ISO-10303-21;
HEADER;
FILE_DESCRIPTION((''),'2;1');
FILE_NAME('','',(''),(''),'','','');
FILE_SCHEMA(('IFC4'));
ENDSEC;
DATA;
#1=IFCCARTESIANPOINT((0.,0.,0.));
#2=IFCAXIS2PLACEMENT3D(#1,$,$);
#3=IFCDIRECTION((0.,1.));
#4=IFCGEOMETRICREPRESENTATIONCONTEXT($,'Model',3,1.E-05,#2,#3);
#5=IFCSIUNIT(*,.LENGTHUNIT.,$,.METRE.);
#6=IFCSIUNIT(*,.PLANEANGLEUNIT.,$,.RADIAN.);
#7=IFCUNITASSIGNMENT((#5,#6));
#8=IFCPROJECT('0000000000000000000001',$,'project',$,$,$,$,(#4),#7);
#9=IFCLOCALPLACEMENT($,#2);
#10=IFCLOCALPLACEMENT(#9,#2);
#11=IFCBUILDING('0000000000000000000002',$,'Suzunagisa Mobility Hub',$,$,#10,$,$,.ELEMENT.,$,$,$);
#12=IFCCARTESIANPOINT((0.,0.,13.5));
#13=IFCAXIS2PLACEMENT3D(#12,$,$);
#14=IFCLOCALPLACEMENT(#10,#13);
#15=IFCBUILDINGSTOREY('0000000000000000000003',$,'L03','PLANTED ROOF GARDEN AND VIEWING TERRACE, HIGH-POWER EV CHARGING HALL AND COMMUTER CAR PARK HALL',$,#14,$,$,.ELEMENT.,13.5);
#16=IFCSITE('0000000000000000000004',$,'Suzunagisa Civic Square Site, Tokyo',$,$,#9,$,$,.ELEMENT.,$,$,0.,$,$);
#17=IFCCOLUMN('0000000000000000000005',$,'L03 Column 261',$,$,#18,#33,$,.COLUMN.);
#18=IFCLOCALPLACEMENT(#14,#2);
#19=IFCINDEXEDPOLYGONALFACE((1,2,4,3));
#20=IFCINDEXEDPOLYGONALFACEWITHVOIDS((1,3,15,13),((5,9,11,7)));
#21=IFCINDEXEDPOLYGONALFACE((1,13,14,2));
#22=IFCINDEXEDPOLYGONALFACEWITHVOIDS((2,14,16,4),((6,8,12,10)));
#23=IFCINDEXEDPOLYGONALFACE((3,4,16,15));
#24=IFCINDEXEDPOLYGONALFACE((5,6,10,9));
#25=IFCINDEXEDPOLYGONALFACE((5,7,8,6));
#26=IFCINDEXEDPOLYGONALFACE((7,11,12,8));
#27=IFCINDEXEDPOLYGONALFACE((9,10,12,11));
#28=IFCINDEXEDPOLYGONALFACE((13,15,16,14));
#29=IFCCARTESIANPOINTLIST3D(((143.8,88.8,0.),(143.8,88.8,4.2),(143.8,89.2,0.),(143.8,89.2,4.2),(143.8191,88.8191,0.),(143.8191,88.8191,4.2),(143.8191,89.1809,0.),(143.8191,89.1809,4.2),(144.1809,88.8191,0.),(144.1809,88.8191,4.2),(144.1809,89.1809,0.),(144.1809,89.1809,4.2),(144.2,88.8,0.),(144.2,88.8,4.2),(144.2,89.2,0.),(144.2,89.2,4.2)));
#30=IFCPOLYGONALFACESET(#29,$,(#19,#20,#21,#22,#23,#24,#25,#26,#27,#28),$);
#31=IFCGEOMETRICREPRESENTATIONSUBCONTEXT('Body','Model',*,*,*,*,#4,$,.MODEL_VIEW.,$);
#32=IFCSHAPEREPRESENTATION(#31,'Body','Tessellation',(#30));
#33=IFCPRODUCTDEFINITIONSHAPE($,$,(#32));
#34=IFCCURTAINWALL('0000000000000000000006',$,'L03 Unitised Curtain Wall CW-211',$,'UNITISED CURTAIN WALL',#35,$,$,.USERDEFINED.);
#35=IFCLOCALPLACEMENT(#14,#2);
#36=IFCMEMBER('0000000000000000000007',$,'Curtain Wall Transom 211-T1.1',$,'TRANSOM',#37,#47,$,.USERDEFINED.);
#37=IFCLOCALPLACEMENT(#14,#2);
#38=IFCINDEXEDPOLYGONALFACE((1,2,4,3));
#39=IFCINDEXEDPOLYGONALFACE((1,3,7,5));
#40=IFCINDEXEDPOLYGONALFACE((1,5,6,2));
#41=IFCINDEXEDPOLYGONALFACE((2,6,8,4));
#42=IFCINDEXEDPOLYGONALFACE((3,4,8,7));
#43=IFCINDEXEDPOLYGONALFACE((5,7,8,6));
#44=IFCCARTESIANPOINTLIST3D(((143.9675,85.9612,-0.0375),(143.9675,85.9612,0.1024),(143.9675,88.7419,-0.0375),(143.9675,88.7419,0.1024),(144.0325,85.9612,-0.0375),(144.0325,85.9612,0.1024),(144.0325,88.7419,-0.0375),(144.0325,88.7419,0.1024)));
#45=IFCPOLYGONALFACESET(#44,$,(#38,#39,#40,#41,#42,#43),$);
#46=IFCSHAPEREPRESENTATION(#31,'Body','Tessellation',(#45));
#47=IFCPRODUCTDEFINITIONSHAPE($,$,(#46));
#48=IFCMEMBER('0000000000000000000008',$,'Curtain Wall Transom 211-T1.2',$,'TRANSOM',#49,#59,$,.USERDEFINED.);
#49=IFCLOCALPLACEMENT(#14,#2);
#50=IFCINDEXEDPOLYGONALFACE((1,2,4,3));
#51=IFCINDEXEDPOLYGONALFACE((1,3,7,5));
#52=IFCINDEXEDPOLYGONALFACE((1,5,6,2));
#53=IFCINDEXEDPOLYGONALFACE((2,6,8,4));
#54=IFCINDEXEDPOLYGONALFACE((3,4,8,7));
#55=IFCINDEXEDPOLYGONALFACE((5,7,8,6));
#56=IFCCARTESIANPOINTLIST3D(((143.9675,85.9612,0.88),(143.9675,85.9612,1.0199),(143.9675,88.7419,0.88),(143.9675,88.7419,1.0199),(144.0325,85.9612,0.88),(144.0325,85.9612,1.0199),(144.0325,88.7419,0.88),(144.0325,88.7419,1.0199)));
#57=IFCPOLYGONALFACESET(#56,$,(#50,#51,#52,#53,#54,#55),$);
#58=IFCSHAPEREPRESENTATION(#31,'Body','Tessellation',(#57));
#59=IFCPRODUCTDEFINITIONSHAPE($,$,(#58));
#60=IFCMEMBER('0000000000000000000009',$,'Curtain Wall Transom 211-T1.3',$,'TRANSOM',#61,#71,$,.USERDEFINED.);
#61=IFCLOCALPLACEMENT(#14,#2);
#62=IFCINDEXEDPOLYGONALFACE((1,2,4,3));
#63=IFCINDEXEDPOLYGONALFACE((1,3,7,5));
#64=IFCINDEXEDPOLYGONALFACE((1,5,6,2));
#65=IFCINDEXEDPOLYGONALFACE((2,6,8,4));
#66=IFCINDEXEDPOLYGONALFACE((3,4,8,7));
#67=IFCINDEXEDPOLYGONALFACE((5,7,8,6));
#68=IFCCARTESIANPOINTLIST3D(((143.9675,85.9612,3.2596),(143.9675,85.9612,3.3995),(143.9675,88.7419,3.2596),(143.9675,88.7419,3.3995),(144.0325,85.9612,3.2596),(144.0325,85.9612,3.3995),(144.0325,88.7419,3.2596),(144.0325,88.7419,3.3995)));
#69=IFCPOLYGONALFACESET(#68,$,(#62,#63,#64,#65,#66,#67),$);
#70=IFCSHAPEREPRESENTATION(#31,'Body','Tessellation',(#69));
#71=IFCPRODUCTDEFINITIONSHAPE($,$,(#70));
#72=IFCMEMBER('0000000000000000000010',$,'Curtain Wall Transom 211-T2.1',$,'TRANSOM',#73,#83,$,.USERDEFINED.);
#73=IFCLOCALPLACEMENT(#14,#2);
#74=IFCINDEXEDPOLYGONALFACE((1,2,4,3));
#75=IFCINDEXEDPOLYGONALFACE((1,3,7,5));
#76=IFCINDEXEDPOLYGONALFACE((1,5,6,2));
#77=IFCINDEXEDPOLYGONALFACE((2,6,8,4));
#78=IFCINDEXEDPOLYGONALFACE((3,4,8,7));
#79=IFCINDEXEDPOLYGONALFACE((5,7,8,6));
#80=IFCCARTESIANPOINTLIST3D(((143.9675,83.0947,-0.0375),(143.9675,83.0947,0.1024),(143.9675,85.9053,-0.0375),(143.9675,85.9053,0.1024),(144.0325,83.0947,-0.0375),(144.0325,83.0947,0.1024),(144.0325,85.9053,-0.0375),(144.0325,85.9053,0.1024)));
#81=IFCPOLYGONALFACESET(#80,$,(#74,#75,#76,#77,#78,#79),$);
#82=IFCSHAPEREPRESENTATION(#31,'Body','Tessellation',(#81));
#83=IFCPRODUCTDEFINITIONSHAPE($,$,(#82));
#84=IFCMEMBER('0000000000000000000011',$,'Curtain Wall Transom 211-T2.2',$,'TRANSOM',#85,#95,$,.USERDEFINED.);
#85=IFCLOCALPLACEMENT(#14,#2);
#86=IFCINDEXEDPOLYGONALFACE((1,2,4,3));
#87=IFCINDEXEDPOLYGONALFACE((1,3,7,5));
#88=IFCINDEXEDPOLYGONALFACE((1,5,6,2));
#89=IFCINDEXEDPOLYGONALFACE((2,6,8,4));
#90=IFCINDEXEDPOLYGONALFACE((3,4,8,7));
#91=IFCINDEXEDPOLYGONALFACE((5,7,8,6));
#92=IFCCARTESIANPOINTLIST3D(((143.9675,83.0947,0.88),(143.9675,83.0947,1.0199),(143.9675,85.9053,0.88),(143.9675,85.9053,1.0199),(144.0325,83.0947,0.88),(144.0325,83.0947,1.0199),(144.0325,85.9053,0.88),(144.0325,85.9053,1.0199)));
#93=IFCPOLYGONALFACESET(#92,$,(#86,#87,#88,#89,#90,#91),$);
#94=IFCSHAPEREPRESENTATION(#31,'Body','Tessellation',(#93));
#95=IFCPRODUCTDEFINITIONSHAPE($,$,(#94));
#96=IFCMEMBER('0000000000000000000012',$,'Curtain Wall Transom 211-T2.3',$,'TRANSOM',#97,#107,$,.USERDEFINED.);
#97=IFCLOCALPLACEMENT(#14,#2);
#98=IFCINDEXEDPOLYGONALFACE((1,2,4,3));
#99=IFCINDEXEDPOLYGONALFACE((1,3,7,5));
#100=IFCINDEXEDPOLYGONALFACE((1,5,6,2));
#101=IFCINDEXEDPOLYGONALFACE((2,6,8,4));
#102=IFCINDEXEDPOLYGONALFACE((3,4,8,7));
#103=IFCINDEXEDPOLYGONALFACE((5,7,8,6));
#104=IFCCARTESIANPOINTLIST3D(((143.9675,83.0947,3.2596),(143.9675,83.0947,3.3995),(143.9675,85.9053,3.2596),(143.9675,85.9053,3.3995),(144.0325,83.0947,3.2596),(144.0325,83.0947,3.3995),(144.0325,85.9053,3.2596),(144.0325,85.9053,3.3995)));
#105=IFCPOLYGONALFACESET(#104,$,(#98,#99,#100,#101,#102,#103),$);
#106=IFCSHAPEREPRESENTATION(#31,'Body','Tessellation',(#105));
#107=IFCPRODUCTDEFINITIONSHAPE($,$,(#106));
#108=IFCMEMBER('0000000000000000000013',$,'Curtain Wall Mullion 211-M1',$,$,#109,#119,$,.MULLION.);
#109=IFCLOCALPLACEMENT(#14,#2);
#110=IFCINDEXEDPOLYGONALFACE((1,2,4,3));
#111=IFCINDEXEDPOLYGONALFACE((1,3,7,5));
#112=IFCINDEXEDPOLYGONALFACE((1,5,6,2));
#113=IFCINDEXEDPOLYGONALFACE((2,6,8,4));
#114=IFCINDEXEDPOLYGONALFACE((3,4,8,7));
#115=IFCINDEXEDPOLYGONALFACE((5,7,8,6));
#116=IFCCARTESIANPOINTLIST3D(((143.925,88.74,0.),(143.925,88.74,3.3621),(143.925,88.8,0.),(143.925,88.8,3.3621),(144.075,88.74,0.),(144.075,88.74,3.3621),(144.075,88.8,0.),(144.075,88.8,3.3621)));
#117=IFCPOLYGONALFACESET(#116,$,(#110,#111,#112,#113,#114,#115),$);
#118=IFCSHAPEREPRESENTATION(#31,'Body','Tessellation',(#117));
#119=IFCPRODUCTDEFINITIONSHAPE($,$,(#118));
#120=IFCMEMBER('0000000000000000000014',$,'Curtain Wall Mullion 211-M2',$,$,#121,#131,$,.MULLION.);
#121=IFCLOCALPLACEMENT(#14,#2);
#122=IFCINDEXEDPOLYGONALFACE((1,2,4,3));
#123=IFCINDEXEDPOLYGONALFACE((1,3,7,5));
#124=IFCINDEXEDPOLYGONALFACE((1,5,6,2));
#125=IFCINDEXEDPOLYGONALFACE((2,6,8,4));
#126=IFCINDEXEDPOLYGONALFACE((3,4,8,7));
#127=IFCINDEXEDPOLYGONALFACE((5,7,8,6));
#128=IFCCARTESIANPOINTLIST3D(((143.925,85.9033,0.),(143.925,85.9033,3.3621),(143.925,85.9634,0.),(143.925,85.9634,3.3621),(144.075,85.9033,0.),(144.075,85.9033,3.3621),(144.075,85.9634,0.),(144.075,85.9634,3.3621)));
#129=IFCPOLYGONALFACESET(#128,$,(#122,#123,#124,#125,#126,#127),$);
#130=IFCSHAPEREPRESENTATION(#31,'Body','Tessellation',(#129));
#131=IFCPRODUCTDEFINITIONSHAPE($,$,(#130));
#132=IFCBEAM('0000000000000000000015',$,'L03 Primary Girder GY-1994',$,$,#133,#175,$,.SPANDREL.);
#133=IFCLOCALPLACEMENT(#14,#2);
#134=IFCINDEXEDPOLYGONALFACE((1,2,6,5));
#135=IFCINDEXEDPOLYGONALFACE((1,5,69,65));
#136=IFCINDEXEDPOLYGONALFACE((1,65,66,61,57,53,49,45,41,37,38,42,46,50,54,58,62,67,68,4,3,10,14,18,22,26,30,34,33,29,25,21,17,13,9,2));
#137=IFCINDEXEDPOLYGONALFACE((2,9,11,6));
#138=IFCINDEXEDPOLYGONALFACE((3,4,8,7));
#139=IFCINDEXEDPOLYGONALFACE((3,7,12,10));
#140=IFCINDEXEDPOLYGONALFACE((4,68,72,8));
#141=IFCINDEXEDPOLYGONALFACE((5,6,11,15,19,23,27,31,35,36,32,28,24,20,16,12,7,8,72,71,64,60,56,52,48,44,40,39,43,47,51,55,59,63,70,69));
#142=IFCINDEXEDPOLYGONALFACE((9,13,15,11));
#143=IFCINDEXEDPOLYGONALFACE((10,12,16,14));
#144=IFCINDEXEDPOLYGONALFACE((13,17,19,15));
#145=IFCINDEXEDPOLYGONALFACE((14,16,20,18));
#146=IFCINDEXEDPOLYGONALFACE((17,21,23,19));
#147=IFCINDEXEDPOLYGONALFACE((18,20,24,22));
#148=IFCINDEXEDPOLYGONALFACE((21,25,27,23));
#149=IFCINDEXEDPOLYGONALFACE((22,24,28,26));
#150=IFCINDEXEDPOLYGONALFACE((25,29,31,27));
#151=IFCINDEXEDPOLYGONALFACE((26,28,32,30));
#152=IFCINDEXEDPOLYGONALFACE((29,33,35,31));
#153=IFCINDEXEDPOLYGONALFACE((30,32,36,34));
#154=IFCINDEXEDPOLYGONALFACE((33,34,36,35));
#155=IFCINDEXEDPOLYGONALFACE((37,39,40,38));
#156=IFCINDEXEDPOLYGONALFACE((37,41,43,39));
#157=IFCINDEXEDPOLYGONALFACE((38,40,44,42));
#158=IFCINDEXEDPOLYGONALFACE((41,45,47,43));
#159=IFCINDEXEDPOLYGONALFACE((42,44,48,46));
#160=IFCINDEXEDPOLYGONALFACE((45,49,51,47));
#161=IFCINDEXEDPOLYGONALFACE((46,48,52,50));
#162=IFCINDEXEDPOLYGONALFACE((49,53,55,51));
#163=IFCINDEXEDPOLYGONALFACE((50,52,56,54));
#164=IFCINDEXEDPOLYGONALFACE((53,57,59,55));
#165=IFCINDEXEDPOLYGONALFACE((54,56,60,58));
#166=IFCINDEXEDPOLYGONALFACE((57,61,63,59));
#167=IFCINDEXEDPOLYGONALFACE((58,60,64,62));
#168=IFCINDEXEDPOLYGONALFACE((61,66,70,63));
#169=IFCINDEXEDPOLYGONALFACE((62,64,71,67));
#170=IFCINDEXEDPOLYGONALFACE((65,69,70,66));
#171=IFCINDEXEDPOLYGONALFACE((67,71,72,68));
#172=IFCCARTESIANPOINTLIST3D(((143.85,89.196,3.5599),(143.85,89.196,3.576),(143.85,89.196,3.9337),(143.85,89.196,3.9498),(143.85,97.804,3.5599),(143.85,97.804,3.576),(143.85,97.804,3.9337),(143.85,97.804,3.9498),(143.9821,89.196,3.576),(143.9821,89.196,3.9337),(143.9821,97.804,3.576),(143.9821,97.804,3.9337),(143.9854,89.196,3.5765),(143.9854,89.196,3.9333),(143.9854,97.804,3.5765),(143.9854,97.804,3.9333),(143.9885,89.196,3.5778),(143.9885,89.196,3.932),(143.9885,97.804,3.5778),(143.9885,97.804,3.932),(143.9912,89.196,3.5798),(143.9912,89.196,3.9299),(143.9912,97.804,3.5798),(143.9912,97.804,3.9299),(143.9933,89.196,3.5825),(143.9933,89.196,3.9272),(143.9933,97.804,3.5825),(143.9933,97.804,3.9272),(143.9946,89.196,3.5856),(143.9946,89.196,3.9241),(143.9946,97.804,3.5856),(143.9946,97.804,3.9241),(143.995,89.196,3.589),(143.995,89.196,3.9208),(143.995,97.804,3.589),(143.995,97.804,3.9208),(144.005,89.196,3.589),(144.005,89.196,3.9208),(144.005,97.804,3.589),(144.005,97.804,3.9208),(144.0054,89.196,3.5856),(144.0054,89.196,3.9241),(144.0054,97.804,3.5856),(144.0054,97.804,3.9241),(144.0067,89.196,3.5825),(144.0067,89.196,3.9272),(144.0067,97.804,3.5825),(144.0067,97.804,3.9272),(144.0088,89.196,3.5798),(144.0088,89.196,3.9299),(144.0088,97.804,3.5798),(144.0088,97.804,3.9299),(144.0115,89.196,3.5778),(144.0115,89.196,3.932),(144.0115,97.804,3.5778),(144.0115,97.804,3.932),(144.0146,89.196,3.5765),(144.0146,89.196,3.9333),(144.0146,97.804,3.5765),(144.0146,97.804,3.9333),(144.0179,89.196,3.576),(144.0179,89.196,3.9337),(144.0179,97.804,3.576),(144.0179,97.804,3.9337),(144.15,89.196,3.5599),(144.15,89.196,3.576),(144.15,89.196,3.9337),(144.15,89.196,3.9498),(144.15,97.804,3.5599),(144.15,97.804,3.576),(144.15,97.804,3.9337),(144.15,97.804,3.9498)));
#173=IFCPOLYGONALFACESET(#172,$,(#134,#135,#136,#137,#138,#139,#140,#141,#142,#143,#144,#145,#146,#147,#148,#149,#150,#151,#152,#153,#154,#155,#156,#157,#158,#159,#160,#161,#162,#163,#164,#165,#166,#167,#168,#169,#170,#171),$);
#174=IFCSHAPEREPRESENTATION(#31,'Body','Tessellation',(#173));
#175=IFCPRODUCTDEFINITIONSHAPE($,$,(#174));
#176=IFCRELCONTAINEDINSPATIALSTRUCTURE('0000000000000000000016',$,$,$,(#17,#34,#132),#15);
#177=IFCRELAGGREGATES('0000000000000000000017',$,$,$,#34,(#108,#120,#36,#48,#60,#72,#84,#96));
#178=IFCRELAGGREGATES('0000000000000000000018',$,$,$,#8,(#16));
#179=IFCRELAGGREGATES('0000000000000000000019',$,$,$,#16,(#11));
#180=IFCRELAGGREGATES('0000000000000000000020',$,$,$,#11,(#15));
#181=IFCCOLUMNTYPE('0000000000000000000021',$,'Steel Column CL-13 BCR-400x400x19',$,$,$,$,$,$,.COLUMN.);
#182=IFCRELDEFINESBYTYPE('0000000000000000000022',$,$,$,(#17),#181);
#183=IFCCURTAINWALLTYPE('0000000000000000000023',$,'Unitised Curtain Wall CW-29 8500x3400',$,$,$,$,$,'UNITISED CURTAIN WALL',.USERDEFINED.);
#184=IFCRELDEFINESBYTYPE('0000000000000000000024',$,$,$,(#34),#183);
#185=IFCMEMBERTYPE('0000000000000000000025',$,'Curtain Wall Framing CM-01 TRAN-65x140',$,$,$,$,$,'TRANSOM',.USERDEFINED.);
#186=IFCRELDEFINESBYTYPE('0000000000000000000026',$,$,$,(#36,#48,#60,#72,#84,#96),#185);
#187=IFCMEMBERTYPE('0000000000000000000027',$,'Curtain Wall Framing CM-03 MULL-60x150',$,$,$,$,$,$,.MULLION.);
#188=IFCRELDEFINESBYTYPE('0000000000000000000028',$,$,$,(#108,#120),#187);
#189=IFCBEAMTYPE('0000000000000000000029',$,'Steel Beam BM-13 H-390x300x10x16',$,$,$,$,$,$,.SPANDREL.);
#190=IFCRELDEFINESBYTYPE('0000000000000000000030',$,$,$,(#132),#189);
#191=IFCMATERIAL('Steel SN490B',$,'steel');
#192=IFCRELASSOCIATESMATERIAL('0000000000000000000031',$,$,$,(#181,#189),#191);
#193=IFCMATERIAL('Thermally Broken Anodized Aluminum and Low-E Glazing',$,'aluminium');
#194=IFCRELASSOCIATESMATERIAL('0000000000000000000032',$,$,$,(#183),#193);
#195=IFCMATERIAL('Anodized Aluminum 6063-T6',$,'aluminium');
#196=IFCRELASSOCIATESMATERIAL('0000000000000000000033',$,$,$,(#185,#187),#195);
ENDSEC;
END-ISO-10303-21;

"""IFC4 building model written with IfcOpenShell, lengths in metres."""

from ifc_helpers import new_model, si_unit, direction, frame, origin, origin_2d, place, context, subcontext, project, spatial, rectangle, hollow_rectangle, i_section, extrude, material, material_profile, profile_set, type_object, element, aggregate, save


model = new_model("IFC4")

# Units and contexts
model_context = context("Model", 3, precision=1e-05, world=origin(), true_north=direction((0.0, 1.0)))
body_context = subcontext(model_context, "Body", "Model", "MODEL_VIEW")
ifc_project = project(units=[si_unit("LENGTHUNIT", "METRE"), si_unit("PLANEANGLEUNIT", "RADIAN")], contexts=[model_context])

# Site, building, storey
site_placement = place(None, origin())
site = spatial("IfcSite", under=ifc_project, at=site_placement, Name="Suzunagisa Civic Square Site, Tokyo", CompositionType="ELEMENT", RefElevation=0.0)
building_placement = place(site_placement, origin())
building = spatial("IfcBuilding", under=site, at=building_placement, Name="Suzunagisa Mobility Hub", CompositionType="ELEMENT")
storey_placement = place(building_placement, frame((0.0, 0.0, 13.5)))
storey = spatial("IfcBuildingStorey", under=building, at=storey_placement, Name="L03", Description="PLANTED ROOF GARDEN AND VIEWING TERRACE, HIGH-POWER EV CHARGING HALL AND COMMUTER CAR PARK HALL", CompositionType="ELEMENT", Elevation=13.5)

# Column
ifc_material_1 = material(Name="Steel SN490B", Category="steel")
ifc_material_profile_1 = material_profile(ifc_material_1, hollow_rectangle(XDim=0.3999, YDim=0.3999, WallThickness=0.019, at=origin_2d()), Name="BCR-400x400x19")
ifc_profile_set_1 = profile_set([ifc_material_profile_1], Name="Steel SN490B")
column_type = type_object("IfcColumnType", Name="Steel Column CL-13 BCR-400x400x19", PredefinedType="COLUMN", material=ifc_profile_set_1)
column_placement = place(storey_placement, frame((144.0, 89.0, 0.0), z_axis=(0.0, 0.0, 1.0), x_axis=(1.0, 0.0, 0.0)))
element("IfcColumn", 1, at=column_placement, inside=storey, type_object=column_type, Name="L03 Column 261", PredefinedType="COLUMN", context=body_context, shape_type="SweptSolid", body=[
    extrude(hollow_rectangle(XDim=0.3999, YDim=0.3999, WallThickness=0.019, at=origin_2d()), origin(), (0.0, 0.0, 1.0), 4.2),
])

# Curtain wall, members
ifc_material_2 = material(Name="Thermally Broken Anodized Aluminum and Low-E Glazing", Category="aluminium")
curtain_wall_type = type_object("IfcCurtainWallType", Name="Unitised Curtain Wall CW-29 8500x3400", ElementType="UNITISED CURTAIN WALL", PredefinedType="USERDEFINED", material=ifc_material_2)
curtain_wall_placement = place(storey_placement, origin())
curtain_wall = element("IfcCurtainWall", 2, at=curtain_wall_placement, inside=storey, type_object=curtain_wall_type, Name="L03 Unitised Curtain Wall CW-211", ObjectType="UNITISED CURTAIN WALL", PredefinedType="USERDEFINED")
ifc_material_3 = material(Name="Anodized Aluminum 6063-T6", Category="aluminium")
ifc_material_profile_2 = material_profile(ifc_material_3, rectangle(XDim=0.0649, YDim=0.1399, at=origin_2d()), Name="TRAN-65x140")
ifc_profile_set_2 = profile_set([ifc_material_profile_2], Name="Anodized Aluminum 6063-T6")
member_type_1 = type_object("IfcMemberType", Name="Curtain Wall Framing CM-01 TRAN-65x140", ElementType="TRANSOM", PredefinedType="USERDEFINED", material=ifc_profile_set_2)
member_1_placement = place(storey_placement, frame((144.0, 88.7419, 0.0325), z_axis=(0.0, -1.0, 0.0), x_axis=(1.0, 0.0, 0.0)))
member_1 = element("IfcMember", 3, at=member_1_placement, type_object=member_type_1, Name="Curtain Wall Transom 211-T1.1", ObjectType="TRANSOM", PredefinedType="USERDEFINED", context=body_context, shape_type="SweptSolid", body=[
    extrude(rectangle(XDim=0.0649, YDim=0.1399, at=origin_2d()), origin(), (0.0, 0.0, 1.0), 2.7808),
])
member_2_placement = place(storey_placement, frame((144.0, 88.7419, 0.95), z_axis=(0.0, -1.0, 0.0), x_axis=(1.0, 0.0, 0.0)))
member_2 = element("IfcMember", 4, at=member_2_placement, type_object=member_type_1, Name="Curtain Wall Transom 211-T1.2", ObjectType="TRANSOM", PredefinedType="USERDEFINED", context=body_context, shape_type="SweptSolid", body=[
    extrude(rectangle(XDim=0.0649, YDim=0.1399, at=origin_2d()), origin(), (0.0, 0.0, 1.0), 2.7808),
])
member_3_placement = place(storey_placement, frame((144.0, 88.7419, 3.3296), z_axis=(0.0, -1.0, 0.0), x_axis=(1.0, 0.0, 0.0)))
member_3 = element("IfcMember", 5, at=member_3_placement, type_object=member_type_1, Name="Curtain Wall Transom 211-T1.3", ObjectType="TRANSOM", PredefinedType="USERDEFINED", context=body_context, shape_type="SweptSolid", body=[
    extrude(rectangle(XDim=0.0649, YDim=0.1399, at=origin_2d()), origin(), (0.0, 0.0, 1.0), 2.7808),
])
member_4_placement = place(storey_placement, frame((144.0, 85.9053, 0.0325), z_axis=(0.0, -1.0, 0.0), x_axis=(1.0, 0.0, 0.0)))
member_4 = element("IfcMember", 6, at=member_4_placement, type_object=member_type_1, Name="Curtain Wall Transom 211-T2.1", ObjectType="TRANSOM", PredefinedType="USERDEFINED", context=body_context, shape_type="SweptSolid", body=[
    extrude(rectangle(XDim=0.0649, YDim=0.1399, at=origin_2d()), origin(), (0.0, 0.0, 1.0), 2.8105),
])
member_5_placement = place(storey_placement, frame((144.0, 85.9053, 0.95), z_axis=(0.0, -1.0, 0.0), x_axis=(1.0, 0.0, 0.0)))
member_5 = element("IfcMember", 7, at=member_5_placement, type_object=member_type_1, Name="Curtain Wall Transom 211-T2.2", ObjectType="TRANSOM", PredefinedType="USERDEFINED", context=body_context, shape_type="SweptSolid", body=[
    extrude(rectangle(XDim=0.0649, YDim=0.1399, at=origin_2d()), origin(), (0.0, 0.0, 1.0), 2.8105),
])
member_6_placement = place(storey_placement, frame((144.0, 85.9053, 3.3296), z_axis=(0.0, -1.0, 0.0), x_axis=(1.0, 0.0, 0.0)))
member_6 = element("IfcMember", 8, at=member_6_placement, type_object=member_type_1, Name="Curtain Wall Transom 211-T2.3", ObjectType="TRANSOM", PredefinedType="USERDEFINED", context=body_context, shape_type="SweptSolid", body=[
    extrude(rectangle(XDim=0.0649, YDim=0.1399, at=origin_2d()), origin(), (0.0, 0.0, 1.0), 2.8105),
])
ifc_material_profile_3 = material_profile(ifc_material_3, rectangle(XDim=0.0601, YDim=0.1499, at=origin_2d()), Name="MULL-60x150")
ifc_profile_set_3 = profile_set([ifc_material_profile_3], Name="Anodized Aluminum 6063-T6")
member_type_2 = type_object("IfcMemberType", Name="Curtain Wall Framing CM-03 MULL-60x150", PredefinedType="MULLION", material=ifc_profile_set_3)
member_7_placement = place(storey_placement, frame((144.0, 88.77, 0.0), z_axis=(0.0, 0.0, 1.0), x_axis=(0.0, -1.0, 0.0)))
member_7 = element("IfcMember", 9, at=member_7_placement, type_object=member_type_2, Name="Curtain Wall Mullion 211-M1", PredefinedType="MULLION", context=body_context, shape_type="SweptSolid", body=[
    extrude(rectangle(XDim=0.0601, YDim=0.1499, at=origin_2d()), origin(), (0.0, 0.0, 1.0), 3.3621),
])
member_8_placement = place(storey_placement, frame((144.0, 85.9333, 0.0), z_axis=(0.0, 0.0, 1.0), x_axis=(0.0, -1.0, 0.0)))
member_8 = element("IfcMember", 10, at=member_8_placement, type_object=member_type_2, Name="Curtain Wall Mullion 211-M2", PredefinedType="MULLION", context=body_context, shape_type="SweptSolid", body=[
    extrude(rectangle(XDim=0.0601, YDim=0.1499, at=origin_2d()), origin(), (0.0, 0.0, 1.0), 3.3621),
])

# Beam
ifc_material_profile_4 = material_profile(ifc_material_1, i_section(OverallWidth=0.3, OverallDepth=0.3899, WebThickness=0.01, FlangeThickness=0.0161, FilletRadius=0.0129, at=origin_2d()), Name="H-390x300x10x16")
ifc_profile_set_4 = profile_set([ifc_material_profile_4], Name="Steel SN490B")
beam_type_1 = type_object("IfcBeamType", Name="Steel Beam BM-13 H-390x300x10x16", PredefinedType="SPANDREL", material=ifc_profile_set_4)
beam_1_placement = place(storey_placement, frame((144.0, 89.196, 3.7549), z_axis=(0.0, 1.0, 0.0), x_axis=(-1.0, 0.0, 0.0)))
element("IfcBeam", 11, at=beam_1_placement, inside=storey, type_object=beam_type_1, Name="L03 Primary Girder GY-1994", PredefinedType="SPANDREL", context=body_context, shape_type="SweptSolid", body=[
    extrude(i_section(OverallWidth=0.3, OverallDepth=0.3899, WebThickness=0.01, FlangeThickness=0.0161, FilletRadius=0.0129, at=origin_2d()), origin(), (0.0, 0.0, 1.0), 8.6079),
])

aggregate(curtain_wall, [member_7, member_8, member_1, member_2, member_3, member_4, member_5, member_6])

save(model, "model.ifc")
